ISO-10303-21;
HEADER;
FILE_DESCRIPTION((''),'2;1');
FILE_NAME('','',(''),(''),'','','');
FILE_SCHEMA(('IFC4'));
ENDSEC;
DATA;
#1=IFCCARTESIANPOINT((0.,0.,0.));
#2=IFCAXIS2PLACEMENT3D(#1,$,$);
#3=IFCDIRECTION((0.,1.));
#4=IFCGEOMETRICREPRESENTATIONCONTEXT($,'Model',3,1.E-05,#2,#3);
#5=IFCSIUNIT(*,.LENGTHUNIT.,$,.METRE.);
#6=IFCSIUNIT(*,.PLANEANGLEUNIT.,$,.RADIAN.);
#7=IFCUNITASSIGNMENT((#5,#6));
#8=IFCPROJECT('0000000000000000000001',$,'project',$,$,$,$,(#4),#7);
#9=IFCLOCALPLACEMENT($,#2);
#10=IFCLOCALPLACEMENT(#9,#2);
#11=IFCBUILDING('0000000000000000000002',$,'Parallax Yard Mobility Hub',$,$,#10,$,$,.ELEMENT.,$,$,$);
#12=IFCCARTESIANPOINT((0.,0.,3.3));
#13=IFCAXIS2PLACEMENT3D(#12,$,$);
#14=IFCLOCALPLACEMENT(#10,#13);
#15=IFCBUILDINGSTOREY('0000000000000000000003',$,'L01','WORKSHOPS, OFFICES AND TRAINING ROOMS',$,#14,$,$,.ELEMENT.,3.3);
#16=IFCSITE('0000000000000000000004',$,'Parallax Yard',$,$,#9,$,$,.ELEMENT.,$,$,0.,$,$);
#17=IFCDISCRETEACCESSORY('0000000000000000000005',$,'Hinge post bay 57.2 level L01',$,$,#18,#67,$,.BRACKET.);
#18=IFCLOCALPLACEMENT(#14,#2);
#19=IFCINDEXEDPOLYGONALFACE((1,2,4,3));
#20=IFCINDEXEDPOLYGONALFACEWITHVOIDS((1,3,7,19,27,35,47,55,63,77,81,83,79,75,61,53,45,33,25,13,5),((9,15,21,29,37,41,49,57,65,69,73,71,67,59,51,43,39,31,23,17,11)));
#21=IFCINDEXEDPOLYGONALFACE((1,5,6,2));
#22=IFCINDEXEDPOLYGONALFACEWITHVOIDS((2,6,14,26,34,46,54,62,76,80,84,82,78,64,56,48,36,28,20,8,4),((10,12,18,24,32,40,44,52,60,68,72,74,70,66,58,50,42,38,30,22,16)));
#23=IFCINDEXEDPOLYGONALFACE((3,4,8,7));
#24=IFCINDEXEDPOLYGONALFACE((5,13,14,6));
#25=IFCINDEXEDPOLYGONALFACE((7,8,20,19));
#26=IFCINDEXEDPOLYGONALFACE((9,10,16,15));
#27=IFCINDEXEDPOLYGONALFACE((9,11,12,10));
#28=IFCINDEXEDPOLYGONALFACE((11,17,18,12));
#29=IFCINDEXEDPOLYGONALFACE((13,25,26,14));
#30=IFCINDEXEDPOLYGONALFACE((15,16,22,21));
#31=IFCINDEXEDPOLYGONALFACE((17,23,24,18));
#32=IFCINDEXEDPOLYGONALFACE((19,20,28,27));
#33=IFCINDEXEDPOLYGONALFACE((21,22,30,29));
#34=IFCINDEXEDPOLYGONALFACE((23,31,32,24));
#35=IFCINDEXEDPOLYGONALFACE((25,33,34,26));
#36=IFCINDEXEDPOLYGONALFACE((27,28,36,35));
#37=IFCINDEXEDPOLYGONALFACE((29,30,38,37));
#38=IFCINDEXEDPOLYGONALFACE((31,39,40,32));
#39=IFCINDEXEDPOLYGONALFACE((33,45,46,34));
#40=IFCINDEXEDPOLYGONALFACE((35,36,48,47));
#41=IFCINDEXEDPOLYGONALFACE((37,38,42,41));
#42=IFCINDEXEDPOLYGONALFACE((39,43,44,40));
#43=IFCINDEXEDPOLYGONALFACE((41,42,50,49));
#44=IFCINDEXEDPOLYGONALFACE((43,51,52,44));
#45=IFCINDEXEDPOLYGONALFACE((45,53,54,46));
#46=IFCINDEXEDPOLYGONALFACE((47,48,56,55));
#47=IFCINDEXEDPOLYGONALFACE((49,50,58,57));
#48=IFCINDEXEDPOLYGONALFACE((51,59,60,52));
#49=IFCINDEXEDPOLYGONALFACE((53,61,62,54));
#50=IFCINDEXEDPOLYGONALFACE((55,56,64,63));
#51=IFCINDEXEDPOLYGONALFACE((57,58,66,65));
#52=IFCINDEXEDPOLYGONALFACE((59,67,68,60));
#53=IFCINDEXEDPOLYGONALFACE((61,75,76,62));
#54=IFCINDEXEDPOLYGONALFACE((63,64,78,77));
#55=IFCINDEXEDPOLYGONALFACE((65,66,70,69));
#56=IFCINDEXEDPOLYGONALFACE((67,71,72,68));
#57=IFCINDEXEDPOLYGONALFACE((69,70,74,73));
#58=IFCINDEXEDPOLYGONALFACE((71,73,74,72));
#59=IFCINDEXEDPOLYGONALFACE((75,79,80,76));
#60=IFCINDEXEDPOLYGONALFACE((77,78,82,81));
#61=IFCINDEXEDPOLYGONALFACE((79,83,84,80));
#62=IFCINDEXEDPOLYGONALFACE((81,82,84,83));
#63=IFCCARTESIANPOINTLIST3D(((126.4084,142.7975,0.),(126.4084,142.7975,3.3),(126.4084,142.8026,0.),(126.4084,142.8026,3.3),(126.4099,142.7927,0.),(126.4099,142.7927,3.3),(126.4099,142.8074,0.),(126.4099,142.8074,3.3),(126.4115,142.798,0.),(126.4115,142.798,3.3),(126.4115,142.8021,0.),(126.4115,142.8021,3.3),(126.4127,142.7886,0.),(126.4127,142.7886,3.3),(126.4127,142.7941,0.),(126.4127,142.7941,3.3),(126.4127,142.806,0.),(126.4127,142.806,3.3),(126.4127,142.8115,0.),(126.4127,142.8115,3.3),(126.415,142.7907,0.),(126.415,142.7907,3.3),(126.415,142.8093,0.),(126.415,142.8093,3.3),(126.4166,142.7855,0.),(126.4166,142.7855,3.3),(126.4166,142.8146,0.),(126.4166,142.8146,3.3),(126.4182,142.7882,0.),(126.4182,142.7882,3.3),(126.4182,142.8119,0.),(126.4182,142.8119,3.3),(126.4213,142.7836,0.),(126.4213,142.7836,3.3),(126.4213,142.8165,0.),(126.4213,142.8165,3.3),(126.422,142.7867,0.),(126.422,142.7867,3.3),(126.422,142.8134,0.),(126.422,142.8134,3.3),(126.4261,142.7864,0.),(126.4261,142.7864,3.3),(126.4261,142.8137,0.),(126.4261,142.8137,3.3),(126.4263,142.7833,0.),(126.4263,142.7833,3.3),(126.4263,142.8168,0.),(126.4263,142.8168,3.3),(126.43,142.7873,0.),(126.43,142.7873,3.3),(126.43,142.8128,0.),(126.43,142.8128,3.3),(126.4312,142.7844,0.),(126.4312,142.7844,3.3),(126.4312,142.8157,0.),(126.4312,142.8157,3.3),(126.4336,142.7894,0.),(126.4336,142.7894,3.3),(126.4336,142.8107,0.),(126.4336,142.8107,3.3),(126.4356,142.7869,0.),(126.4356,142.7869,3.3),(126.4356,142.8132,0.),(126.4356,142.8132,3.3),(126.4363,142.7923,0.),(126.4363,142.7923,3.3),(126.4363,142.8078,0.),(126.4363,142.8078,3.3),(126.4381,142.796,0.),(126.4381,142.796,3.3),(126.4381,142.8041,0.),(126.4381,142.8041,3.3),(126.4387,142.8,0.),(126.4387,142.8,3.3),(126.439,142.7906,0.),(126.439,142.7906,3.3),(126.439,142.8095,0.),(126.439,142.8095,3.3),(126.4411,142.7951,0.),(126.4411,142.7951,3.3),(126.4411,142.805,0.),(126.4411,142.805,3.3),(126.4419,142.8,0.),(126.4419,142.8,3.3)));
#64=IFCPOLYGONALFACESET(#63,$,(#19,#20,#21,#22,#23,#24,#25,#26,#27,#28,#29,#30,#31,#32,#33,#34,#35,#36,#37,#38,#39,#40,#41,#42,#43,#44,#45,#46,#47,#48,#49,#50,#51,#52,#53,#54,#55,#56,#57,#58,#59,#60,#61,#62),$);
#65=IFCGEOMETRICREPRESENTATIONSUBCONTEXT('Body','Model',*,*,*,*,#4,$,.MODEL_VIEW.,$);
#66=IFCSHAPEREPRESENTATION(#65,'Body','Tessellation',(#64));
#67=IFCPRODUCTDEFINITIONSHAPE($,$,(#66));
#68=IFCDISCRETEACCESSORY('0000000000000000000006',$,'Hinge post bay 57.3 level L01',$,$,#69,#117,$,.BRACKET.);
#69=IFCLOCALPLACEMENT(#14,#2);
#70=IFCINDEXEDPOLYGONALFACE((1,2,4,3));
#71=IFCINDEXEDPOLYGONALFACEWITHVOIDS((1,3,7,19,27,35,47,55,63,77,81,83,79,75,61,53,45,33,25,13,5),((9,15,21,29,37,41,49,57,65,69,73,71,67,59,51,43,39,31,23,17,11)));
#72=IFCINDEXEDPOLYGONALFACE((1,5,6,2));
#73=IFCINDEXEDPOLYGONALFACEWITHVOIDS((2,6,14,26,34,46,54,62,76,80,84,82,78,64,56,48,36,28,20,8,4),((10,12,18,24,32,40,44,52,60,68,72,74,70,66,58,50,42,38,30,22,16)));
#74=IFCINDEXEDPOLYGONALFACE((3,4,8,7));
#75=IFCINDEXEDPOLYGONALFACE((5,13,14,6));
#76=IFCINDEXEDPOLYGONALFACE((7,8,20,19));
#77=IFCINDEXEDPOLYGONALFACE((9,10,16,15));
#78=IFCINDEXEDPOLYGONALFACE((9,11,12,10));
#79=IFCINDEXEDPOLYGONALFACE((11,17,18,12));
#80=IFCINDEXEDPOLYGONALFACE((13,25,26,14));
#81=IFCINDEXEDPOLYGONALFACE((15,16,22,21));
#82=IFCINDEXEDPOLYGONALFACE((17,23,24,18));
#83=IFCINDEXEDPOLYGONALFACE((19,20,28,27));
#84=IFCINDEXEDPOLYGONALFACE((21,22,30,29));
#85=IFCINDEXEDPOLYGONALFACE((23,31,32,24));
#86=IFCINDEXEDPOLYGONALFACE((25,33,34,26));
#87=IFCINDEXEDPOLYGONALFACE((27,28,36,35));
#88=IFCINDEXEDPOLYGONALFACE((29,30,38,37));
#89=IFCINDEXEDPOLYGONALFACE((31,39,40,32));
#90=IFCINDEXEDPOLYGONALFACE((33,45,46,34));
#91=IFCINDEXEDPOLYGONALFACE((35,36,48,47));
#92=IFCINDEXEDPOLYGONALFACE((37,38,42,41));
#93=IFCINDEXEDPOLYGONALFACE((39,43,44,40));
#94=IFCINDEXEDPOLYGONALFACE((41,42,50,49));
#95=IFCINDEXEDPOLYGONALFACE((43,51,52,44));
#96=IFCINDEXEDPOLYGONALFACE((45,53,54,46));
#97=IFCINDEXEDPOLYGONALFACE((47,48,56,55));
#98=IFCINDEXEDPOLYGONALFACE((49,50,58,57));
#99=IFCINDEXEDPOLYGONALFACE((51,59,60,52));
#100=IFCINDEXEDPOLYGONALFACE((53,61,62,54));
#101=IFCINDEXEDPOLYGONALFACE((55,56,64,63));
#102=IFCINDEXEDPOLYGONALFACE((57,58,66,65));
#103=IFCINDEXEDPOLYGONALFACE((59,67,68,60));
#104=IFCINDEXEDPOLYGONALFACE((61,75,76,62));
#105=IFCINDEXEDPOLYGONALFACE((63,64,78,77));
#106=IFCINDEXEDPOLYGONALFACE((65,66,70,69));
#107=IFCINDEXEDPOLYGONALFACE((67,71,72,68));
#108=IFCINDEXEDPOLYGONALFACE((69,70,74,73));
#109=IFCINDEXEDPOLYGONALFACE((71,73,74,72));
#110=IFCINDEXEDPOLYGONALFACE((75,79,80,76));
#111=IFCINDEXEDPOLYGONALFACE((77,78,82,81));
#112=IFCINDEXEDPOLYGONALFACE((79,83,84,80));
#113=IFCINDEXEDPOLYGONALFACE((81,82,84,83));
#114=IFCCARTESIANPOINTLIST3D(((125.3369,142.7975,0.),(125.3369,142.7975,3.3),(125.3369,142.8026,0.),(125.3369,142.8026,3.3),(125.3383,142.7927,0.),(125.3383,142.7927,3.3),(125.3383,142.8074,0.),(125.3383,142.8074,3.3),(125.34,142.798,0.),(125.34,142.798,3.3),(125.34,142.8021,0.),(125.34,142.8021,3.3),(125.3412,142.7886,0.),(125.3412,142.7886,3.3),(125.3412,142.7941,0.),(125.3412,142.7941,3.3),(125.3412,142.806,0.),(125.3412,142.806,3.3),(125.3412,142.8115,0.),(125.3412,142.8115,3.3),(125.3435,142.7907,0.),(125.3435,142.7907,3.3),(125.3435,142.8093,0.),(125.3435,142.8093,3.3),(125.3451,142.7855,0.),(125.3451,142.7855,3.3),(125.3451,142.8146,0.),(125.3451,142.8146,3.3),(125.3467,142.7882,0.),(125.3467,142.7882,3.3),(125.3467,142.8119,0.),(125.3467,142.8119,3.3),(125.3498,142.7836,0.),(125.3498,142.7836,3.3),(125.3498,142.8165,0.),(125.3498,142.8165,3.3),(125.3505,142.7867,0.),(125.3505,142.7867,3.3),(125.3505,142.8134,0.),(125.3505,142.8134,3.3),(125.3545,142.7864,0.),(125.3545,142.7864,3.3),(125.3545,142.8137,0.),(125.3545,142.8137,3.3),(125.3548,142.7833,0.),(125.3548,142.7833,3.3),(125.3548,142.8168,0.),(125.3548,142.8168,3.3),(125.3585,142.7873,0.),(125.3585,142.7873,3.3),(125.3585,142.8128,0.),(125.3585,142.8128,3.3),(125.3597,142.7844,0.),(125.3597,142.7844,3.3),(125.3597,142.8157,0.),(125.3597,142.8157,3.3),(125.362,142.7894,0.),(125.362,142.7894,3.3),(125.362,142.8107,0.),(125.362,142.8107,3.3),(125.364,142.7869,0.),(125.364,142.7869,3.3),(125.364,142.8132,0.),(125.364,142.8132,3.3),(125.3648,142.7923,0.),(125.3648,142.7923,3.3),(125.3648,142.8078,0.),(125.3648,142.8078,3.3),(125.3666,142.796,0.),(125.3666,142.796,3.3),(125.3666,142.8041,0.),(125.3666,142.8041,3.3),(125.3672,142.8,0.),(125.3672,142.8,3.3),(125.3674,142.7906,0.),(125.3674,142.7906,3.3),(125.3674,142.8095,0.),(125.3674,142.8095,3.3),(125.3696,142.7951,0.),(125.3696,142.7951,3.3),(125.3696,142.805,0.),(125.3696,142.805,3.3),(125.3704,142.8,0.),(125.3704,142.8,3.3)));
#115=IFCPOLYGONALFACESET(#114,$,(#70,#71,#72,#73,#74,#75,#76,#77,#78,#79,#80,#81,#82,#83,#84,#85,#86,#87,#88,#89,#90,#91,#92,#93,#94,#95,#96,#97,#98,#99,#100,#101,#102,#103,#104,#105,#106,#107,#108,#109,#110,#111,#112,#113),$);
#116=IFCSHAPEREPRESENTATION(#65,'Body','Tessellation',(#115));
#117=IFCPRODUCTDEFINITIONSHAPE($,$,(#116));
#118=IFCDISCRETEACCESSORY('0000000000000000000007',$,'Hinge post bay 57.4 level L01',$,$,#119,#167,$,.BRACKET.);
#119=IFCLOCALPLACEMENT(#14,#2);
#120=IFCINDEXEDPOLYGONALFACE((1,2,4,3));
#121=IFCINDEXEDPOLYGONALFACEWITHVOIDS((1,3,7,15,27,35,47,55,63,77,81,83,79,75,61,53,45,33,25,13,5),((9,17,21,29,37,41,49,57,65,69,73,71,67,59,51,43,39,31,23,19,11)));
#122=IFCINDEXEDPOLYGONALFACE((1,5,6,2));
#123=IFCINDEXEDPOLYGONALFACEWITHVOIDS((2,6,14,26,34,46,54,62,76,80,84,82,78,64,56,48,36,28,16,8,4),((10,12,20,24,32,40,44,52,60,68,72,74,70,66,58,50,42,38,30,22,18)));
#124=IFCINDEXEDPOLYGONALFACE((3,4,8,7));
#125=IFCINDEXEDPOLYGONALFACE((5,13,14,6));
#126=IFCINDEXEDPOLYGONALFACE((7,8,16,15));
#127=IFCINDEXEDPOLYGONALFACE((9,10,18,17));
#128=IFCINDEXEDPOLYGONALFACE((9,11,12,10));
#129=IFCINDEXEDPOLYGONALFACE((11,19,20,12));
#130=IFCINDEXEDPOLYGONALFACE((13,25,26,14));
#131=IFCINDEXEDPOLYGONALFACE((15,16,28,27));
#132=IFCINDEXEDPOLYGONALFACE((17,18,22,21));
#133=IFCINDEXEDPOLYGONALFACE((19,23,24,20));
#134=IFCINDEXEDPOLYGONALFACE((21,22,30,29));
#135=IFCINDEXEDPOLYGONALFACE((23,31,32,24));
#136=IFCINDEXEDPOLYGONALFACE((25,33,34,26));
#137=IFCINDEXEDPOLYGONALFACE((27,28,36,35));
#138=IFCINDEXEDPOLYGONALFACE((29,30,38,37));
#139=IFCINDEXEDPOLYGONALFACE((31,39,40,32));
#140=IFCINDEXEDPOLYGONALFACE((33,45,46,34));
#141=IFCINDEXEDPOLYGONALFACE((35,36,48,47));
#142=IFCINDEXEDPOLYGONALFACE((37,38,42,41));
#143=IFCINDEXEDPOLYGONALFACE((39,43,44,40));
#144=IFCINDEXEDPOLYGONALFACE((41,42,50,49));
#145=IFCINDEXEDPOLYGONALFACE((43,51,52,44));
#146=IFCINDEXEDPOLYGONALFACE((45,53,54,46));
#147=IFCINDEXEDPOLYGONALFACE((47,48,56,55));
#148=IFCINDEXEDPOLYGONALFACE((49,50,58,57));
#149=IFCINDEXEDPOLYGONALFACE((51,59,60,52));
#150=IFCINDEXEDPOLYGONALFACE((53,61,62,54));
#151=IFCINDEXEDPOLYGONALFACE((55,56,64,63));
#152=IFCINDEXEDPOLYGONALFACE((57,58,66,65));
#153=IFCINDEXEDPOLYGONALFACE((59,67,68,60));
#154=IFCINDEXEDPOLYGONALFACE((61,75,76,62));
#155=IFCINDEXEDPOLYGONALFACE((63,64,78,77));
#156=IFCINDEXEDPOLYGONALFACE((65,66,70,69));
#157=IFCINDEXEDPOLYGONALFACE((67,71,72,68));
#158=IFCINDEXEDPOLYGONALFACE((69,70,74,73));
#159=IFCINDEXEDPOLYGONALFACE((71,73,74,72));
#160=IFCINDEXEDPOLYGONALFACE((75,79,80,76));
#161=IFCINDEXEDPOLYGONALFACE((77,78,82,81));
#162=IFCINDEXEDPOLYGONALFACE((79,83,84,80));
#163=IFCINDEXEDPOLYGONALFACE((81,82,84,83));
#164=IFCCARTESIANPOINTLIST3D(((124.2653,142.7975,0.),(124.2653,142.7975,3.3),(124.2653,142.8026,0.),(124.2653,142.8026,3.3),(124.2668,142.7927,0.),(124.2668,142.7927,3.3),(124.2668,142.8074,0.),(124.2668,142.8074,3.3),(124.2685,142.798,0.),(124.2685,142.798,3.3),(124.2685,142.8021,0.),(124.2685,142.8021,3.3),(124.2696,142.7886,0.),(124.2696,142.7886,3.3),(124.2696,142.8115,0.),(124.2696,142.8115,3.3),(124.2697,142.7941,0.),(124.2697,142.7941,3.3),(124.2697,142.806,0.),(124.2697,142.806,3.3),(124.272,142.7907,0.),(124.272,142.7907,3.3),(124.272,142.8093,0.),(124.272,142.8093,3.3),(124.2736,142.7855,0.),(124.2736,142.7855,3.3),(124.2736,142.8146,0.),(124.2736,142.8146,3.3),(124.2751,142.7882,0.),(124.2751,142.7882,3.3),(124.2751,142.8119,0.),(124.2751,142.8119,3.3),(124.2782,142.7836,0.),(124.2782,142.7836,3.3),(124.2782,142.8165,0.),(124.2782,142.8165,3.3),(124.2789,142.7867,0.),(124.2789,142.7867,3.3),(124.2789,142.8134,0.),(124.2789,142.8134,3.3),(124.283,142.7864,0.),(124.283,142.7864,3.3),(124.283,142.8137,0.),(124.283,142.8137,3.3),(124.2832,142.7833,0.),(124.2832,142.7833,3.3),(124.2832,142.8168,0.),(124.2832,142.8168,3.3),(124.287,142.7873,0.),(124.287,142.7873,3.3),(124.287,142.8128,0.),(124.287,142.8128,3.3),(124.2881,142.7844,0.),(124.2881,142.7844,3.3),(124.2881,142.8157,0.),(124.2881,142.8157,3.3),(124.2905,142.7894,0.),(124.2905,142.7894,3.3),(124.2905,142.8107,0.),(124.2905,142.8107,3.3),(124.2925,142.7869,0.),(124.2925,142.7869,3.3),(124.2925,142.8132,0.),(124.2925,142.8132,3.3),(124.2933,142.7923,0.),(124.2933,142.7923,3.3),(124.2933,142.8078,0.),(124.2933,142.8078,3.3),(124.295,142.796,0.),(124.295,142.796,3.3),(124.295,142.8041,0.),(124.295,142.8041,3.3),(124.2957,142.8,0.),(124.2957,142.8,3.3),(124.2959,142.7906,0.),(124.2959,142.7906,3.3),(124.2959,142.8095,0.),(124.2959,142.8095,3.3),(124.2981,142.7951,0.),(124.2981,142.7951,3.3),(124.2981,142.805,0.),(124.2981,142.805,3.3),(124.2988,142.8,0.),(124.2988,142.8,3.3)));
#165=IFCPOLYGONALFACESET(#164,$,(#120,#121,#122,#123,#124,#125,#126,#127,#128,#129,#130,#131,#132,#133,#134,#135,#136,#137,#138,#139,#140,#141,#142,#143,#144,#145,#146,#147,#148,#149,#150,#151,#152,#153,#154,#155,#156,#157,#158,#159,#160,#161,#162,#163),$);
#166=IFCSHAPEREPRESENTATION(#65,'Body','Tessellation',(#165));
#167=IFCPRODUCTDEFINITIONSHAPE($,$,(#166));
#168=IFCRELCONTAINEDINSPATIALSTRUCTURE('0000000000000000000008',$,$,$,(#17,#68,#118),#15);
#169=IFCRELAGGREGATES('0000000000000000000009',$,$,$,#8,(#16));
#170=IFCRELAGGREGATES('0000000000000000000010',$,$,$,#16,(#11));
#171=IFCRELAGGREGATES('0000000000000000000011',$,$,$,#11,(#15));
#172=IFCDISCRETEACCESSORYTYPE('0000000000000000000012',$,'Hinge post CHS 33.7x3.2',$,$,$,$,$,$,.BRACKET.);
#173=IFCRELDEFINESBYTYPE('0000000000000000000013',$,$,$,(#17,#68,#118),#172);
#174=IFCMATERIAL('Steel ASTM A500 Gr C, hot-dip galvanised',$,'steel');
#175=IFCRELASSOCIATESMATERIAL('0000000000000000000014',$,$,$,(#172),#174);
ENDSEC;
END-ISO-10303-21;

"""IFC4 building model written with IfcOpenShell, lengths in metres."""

from ifc_helpers import new_model, si_unit, direction, frame, origin, origin_2d, place, context, subcontext, project, spatial, hollow_circle, extrude, material, material_profile, profile_set, type_object, element, save


model = new_model("IFC4")

# Units and contexts
model_context = context("Model", 3, precision=1e-05, world=origin(), true_north=direction((0.0, 1.0)))
body_context = subcontext(model_context, "Body", "Model", "MODEL_VIEW")
ifc_project = project(units=[si_unit("LENGTHUNIT", "METRE"), si_unit("PLANEANGLEUNIT", "RADIAN")], contexts=[model_context])

# Site, building, storey
site_placement = place(None, origin())
site = spatial("IfcSite", under=ifc_project, at=site_placement, Name="Parallax Yard", CompositionType="ELEMENT", RefElevation=0.0)
building_placement = place(site_placement, origin())
building = spatial("IfcBuilding", under=site, at=building_placement, Name="Parallax Yard Mobility Hub", CompositionType="ELEMENT")
storey_placement = place(building_placement, frame((0.0, 0.0, 3.3)))
storey = spatial("IfcBuildingStorey", under=building, at=storey_placement, Name="L01", Description="WORKSHOPS, OFFICES AND TRAINING ROOMS", CompositionType="ELEMENT", Elevation=3.3)

# Discrete accessories
ifc_material_1 = material(Name="Steel ASTM A500 Gr C, hot-dip galvanised", Category="steel")
ifc_material_profile = material_profile(ifc_material_1, hollow_circle(Radius=0.0168, WallThickness=0.0032, at=origin_2d()), Name="CHS 33.7x3.2")
ifc_profile_set = profile_set([ifc_material_profile], Name="Steel ASTM A500 Gr C, hot-dip galvanised")
discrete_accessory_type_1 = type_object("IfcDiscreteAccessoryType", Name="Hinge post CHS 33.7x3.2", PredefinedType="BRACKET", material=ifc_profile_set)
for number, where, z_axis, x_axis, name in (
    (1, (126.425, 142.8, 0.0), (0.0, 0.0, 1.0), (1.0, 0.0, 0.0), "Hinge post bay 57.2 level L01"),
    (2, (125.3535, 142.8, 0.0), (0.0, 0.0, 1.0), (1.0, 0.0, 0.0), "Hinge post bay 57.3 level L01"),
    (3, (124.282, 142.8, 0.0), (0.0, 0.0, 1.0), (1.0, 0.0, 0.0), "Hinge post bay 57.4 level L01"),
):
    element("IfcDiscreteAccessory", number, at=place(storey_placement, frame(where, z_axis=z_axis, x_axis=x_axis)), inside=storey, type_object=discrete_accessory_type_1, Name=name, PredefinedType="BRACKET", context=body_context, shape_type="SweptSolid", body=[
        extrude(hollow_circle(Radius=0.0168, WallThickness=0.0032, at=origin_2d()), origin(), (0.0, 0.0, 1.0), 3.3),
    ])

save(model, "model.ifc")
